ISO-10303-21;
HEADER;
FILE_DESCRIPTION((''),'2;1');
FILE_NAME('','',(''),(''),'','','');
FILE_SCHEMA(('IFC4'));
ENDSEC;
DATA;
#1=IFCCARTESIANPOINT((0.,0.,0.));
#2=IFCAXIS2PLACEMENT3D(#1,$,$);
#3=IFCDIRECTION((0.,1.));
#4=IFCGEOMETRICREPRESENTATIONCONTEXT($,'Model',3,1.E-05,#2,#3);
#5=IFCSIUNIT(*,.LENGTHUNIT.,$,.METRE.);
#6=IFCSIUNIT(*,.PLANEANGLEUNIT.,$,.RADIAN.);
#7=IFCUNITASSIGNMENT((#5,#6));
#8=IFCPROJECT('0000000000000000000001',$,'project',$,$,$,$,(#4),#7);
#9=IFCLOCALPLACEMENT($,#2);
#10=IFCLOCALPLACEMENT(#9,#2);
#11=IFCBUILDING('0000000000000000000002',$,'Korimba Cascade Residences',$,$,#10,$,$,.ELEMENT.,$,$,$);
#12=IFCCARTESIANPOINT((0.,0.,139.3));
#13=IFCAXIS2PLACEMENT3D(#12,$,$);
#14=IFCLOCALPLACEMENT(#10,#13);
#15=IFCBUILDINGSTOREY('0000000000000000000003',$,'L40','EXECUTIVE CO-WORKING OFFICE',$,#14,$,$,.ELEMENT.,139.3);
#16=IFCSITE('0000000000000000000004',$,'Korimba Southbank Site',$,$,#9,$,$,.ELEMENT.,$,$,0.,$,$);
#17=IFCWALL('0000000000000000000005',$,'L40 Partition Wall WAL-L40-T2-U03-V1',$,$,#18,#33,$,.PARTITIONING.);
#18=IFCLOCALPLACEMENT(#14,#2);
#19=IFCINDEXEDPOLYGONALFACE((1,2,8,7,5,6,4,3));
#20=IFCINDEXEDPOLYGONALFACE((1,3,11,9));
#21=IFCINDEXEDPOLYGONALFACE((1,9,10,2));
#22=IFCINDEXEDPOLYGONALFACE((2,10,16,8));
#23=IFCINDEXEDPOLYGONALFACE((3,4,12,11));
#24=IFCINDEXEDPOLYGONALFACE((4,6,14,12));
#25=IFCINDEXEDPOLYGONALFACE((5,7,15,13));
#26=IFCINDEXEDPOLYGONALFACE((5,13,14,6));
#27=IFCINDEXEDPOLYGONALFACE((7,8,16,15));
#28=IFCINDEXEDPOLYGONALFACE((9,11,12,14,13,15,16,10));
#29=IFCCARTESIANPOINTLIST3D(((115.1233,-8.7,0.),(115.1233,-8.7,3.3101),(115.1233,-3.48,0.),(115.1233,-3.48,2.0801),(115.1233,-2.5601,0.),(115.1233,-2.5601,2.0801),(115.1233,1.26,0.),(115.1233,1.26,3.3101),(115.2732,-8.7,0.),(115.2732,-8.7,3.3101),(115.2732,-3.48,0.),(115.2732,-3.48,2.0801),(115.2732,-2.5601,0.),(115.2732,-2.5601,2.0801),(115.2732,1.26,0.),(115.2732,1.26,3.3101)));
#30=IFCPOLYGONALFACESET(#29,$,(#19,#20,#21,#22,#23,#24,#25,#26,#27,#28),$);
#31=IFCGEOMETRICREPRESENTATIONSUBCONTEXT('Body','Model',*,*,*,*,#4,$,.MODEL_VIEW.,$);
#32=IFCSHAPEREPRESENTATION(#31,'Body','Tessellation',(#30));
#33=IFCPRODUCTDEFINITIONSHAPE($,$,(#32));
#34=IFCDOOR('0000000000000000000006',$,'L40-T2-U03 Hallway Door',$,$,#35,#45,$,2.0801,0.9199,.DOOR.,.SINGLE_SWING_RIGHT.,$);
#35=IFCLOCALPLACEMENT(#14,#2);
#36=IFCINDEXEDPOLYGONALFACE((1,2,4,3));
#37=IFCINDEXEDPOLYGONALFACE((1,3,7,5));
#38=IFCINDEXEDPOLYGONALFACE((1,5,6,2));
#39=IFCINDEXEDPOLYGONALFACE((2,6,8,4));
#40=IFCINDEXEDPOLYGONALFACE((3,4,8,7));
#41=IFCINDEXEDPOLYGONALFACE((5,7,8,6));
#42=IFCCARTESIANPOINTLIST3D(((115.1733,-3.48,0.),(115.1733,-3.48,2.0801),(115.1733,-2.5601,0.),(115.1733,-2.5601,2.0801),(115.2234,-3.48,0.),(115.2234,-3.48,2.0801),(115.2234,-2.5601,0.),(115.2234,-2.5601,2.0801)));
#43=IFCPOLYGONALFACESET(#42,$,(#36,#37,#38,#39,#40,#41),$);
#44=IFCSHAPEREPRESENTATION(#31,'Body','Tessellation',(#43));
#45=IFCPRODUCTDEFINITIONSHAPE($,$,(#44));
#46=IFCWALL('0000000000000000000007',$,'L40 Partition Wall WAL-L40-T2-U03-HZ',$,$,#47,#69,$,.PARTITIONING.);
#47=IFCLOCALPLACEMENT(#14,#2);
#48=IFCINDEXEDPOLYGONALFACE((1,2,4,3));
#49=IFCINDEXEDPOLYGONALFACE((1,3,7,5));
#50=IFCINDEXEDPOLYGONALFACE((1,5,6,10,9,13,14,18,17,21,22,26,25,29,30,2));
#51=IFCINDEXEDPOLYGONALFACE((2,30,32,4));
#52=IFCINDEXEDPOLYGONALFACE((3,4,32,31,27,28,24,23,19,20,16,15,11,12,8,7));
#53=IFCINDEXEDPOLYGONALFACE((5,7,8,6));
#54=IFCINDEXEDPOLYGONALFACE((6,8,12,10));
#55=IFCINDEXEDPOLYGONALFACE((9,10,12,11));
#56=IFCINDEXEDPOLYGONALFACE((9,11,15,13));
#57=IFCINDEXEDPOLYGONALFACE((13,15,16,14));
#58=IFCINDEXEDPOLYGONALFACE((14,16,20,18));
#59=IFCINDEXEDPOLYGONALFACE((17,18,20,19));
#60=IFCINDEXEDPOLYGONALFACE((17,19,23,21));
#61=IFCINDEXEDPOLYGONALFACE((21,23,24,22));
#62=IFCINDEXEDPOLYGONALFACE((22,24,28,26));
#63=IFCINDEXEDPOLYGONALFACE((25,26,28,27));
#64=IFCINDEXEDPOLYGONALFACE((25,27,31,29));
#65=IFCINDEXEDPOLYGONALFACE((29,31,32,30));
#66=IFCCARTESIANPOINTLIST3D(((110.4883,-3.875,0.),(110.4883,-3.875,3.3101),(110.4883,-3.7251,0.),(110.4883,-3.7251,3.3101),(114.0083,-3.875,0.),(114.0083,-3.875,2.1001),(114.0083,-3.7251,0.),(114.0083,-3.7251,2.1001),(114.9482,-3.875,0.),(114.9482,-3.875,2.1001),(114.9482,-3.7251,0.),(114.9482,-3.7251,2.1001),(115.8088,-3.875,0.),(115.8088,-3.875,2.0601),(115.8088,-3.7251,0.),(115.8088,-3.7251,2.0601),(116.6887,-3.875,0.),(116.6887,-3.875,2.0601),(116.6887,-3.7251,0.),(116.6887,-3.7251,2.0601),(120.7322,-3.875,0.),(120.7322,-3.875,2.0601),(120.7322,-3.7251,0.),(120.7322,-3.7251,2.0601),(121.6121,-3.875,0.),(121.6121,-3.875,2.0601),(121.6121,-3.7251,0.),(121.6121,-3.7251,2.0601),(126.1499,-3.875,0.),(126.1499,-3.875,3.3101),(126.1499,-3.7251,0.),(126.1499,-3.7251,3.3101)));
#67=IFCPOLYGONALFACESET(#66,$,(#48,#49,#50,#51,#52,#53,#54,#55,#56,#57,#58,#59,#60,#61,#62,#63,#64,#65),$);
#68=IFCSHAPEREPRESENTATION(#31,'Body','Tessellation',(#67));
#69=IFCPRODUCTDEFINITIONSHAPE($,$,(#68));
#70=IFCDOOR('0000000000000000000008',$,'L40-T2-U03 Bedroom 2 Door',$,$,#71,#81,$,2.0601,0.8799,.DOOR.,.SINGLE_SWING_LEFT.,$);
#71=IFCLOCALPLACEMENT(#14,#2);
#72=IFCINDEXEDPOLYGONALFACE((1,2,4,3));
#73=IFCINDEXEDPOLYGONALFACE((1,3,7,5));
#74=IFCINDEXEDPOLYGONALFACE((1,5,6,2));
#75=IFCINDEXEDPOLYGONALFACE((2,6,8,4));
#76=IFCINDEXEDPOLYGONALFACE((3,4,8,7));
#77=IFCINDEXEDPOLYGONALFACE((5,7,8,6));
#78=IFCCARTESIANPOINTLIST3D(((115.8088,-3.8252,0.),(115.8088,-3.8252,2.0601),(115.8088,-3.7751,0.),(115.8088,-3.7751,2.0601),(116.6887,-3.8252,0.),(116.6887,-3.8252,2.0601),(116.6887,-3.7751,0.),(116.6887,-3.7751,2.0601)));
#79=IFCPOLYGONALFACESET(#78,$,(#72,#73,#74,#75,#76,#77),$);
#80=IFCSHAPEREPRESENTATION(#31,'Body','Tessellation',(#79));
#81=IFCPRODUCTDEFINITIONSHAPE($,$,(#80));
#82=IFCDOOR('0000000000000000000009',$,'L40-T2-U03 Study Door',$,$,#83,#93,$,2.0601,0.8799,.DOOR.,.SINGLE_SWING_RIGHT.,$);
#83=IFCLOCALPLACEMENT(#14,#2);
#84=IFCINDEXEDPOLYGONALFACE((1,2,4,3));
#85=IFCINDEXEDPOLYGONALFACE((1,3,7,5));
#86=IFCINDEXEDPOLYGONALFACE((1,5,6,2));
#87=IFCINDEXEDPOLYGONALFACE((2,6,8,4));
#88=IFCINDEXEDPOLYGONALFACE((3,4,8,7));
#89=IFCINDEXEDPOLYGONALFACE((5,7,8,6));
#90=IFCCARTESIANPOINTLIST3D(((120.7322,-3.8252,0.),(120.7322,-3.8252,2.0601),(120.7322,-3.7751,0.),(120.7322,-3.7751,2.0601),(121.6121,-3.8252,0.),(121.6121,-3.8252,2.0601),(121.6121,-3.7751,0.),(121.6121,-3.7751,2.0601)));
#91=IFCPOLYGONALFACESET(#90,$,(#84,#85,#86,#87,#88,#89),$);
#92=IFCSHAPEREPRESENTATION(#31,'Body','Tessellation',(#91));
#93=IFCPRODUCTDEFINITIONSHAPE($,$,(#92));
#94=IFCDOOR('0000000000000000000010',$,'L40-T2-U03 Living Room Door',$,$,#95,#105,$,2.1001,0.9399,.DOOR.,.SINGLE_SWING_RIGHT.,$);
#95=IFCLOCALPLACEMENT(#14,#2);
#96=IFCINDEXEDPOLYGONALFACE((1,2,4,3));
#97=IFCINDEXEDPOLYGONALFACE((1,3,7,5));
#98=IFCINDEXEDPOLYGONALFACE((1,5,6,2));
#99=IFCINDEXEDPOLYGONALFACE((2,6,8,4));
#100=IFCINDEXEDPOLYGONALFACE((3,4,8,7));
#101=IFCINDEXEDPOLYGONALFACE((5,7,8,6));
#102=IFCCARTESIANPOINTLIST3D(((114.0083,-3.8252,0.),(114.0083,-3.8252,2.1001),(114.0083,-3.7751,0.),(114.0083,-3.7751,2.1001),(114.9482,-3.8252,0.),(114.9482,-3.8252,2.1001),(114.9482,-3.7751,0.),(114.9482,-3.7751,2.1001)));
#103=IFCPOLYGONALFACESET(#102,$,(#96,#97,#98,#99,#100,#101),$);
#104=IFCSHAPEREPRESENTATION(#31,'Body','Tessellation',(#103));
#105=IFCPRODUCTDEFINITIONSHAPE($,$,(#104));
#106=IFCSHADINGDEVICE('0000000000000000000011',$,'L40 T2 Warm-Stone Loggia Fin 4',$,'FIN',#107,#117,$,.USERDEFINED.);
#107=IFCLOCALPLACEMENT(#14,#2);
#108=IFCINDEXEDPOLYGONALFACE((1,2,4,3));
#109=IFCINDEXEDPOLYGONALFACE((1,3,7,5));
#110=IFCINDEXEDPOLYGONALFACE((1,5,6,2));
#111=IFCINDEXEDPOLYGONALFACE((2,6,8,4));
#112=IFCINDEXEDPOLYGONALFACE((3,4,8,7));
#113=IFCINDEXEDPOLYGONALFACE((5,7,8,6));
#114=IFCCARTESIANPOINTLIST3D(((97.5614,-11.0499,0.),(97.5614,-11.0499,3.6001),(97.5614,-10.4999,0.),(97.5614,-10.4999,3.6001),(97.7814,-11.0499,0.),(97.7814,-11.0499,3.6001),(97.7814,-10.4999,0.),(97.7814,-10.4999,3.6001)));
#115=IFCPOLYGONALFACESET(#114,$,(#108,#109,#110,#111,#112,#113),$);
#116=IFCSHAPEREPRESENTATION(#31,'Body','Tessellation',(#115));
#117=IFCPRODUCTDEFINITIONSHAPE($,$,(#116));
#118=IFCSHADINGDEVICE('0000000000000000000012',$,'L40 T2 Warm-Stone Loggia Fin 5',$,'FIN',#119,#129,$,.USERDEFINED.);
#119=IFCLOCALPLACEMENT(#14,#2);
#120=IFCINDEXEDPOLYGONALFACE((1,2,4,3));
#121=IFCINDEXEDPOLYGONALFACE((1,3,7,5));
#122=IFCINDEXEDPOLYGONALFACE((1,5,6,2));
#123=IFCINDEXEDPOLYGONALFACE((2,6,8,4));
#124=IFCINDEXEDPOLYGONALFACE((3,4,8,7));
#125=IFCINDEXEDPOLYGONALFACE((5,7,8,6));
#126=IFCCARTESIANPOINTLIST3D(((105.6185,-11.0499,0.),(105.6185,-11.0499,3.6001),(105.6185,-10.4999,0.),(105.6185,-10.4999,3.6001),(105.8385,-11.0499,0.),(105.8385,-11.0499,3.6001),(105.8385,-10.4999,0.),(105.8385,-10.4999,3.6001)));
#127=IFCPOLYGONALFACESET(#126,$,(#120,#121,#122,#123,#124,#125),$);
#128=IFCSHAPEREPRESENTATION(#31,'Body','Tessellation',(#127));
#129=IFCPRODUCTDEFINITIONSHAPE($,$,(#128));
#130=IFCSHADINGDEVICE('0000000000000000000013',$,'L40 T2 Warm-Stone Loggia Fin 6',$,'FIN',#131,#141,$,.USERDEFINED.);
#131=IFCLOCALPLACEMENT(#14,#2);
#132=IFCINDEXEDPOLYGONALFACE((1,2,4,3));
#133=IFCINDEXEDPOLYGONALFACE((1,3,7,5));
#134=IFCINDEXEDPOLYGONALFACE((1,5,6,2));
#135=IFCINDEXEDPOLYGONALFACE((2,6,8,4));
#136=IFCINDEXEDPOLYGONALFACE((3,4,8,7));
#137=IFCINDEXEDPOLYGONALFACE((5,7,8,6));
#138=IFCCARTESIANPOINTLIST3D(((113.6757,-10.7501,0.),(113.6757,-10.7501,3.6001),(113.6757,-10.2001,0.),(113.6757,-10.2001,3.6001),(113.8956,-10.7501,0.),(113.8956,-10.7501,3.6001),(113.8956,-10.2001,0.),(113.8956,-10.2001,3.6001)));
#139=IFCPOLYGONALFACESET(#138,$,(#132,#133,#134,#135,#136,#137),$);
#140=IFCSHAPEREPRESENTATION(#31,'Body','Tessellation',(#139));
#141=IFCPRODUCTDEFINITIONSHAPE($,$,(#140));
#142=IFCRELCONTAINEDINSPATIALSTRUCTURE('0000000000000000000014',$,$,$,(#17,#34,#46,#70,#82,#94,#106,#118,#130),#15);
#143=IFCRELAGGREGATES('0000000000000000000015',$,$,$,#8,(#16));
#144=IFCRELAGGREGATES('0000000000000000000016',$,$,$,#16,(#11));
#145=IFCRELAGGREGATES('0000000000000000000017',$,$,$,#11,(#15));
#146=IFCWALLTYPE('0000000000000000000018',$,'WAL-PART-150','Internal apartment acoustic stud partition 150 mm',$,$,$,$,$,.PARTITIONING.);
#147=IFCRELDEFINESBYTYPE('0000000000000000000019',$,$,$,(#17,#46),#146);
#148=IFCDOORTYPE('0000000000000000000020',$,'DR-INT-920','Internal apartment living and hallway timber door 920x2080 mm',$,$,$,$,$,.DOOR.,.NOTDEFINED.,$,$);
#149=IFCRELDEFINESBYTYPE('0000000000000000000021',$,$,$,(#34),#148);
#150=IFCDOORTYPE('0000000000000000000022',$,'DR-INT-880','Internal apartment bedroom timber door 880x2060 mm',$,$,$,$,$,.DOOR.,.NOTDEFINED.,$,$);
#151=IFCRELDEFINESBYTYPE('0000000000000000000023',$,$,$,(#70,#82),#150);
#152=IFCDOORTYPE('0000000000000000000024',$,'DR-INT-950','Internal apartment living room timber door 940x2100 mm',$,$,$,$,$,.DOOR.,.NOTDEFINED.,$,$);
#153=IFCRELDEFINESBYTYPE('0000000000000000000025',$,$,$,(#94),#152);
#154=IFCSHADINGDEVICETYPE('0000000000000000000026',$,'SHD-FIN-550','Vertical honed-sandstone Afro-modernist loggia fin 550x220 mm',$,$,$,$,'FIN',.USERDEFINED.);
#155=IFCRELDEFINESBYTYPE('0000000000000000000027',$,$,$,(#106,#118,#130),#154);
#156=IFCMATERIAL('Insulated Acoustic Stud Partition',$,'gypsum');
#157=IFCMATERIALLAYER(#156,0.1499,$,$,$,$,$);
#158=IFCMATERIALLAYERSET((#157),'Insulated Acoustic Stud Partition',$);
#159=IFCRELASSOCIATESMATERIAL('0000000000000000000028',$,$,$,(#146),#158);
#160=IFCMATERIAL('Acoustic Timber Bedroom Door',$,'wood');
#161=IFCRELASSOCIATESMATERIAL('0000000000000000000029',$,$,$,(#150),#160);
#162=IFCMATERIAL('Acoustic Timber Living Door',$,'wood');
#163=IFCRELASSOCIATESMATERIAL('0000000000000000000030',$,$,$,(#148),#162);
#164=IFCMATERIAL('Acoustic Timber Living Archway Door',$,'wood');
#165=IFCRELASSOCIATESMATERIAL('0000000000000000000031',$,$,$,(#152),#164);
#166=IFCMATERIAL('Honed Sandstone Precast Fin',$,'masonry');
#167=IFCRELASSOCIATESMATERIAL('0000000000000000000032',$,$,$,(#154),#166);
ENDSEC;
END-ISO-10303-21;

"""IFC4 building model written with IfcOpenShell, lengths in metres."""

from ifc_helpers import new_model, si_unit, direction, frame, frame_2d, origin, origin_2d, place, context, subcontext, project, spatial, rectangle, extrude, material, layer, layer_set, type_object, element, fill, save


model = new_model("IFC4")

# Units and contexts
model_context = context("Model", 3, precision=1e-05, world=origin(), true_north=direction((0.0, 1.0)))
body_context = subcontext(model_context, "Body", "Model", "MODEL_VIEW")
ifc_project = project(units=[si_unit("LENGTHUNIT", "METRE"), si_unit("PLANEANGLEUNIT", "RADIAN")], contexts=[model_context])

# Site, building, storey
site_placement = place(None, origin())
site = spatial("IfcSite", under=ifc_project, at=site_placement, Name="Korimba Southbank Site", CompositionType="ELEMENT", RefElevation=0.0)
building_placement = place(site_placement, origin())
building = spatial("IfcBuilding", under=site, at=building_placement, Name="Korimba Cascade Residences", CompositionType="ELEMENT")
storey_placement = place(building_placement, frame((0.0, 0.0, 139.3)))
storey = spatial("IfcBuildingStorey", under=building, at=storey_placement, Name="L40", Description="EXECUTIVE CO-WORKING OFFICE", CompositionType="ELEMENT", Elevation=139.3)

# Shared definitions
ifc_material_1 = material(Name="Insulated Acoustic Stud Partition", Category="gypsum")
ifc_layer_1 = layer(ifc_material_1, 0.1499)
ifc_layer_set_1 = layer_set([ifc_layer_1], Name="Insulated Acoustic Stud Partition")
wall_type_1 = type_object("IfcWallType", Name="WAL-PART-150", Description="Internal apartment acoustic stud partition 150 mm", PredefinedType="PARTITIONING", material=ifc_layer_set_1)
ifc_material_2 = material(Name="Acoustic Timber Bedroom Door", Category="wood")
door_type_1 = type_object("IfcDoorType", Name="DR-INT-880", Description="Internal apartment bedroom timber door 880x2060 mm", OperationType="NOTDEFINED", PredefinedType="DOOR", material=ifc_material_2)

# Wall, opening, door
wall_1_placement = place(storey_placement, frame((115.1982, -8.7, 0.0), z_axis=(0.0, 0.0, 1.0), x_axis=(0.0, 1.0, 0.0)))
wall_1 = element("IfcWall", 1, at=wall_1_placement, inside=storey, type_object=wall_type_1, Name="L40 Partition Wall WAL-L40-T2-U03-V1", PredefinedType="PARTITIONING", context=body_context, shape_type="SweptSolid", body=[
    extrude(rectangle(XDim=9.96, YDim=0.1499, at=frame_2d((4.98, 0.0))), origin(), (0.0, 0.0, 1.0), 3.3101),
])
opening_1_placement = place(wall_1_placement, frame((5.22, 0.0, 0.0)))
opening_1 = element("IfcOpeningElement", 2, at=opening_1_placement, cuts=wall_1, PredefinedType="OPENING", context=body_context, shape_type="SweptSolid", body=[
    extrude(rectangle(XDim=0.9199, YDim=2.0801, at=frame_2d((0.46, 1.04))), frame((0.0, 0.085, 0.0), z_axis=(0.0, -1.0, 0.0), x_axis=(1.0, 0.0, 0.0)), (0.0, 0.0, 1.0), 0.1699),
])
ifc_material_3 = material(Name="Acoustic Timber Living Door", Category="wood")
door_type_2 = type_object("IfcDoorType", Name="DR-INT-920", Description="Internal apartment living and hallway timber door 920x2080 mm", OperationType="NOTDEFINED", PredefinedType="DOOR", material=ifc_material_3)
door_1_placement = place(opening_1_placement, origin())
door_1 = element("IfcDoor", 3, at=door_1_placement, inside=storey, type_object=door_type_2, Name="L40-T2-U03 Hallway Door", OperationType="SINGLE_SWING_RIGHT", OverallHeight=2.0801, OverallWidth=0.9199, PredefinedType="DOOR", context=body_context, shape_type="SweptSolid", body=[
    extrude(rectangle(XDim=0.9199, YDim=2.0801, at=frame_2d((0.46, 1.04))), frame((0.0, 0.0249, 0.0), z_axis=(0.0, -1.0, 0.0), x_axis=(1.0, 0.0, 0.0)), (0.0, 0.0, 1.0), 0.05),
])
fill(opening_1, door_1)

# Wall, openings, doors
wall_2_placement = place(storey_placement, frame((110.4883, -3.8, 0.0), z_axis=(0.0, 0.0, 1.0), x_axis=(1.0, 0.0, 0.0)))
wall_2 = element("IfcWall", 4, at=wall_2_placement, inside=storey, type_object=wall_type_1, Name="L40 Partition Wall WAL-L40-T2-U03-HZ", PredefinedType="PARTITIONING", context=body_context, shape_type="SweptSolid", body=[
    extrude(rectangle(XDim=15.6616, YDim=0.1499, at=frame_2d((7.8308, 0.0))), origin(), (0.0, 0.0, 1.0), 3.3101),
])
opening_2_placement = place(wall_2_placement, frame((3.52, 0.0, 0.0)))
opening_2 = element("IfcOpeningElement", 5, at=opening_2_placement, cuts=wall_2, PredefinedType="OPENING", context=body_context, shape_type="SweptSolid", body=[
    extrude(rectangle(XDim=0.9399, YDim=2.1001, at=frame_2d((0.47, 1.05))), frame((0.0, 0.085, 0.0), z_axis=(0.0, -1.0, 0.0), x_axis=(1.0, 0.0, 0.0)), (0.0, 0.0, 1.0), 0.1699),
])
opening_3_placement = place(wall_2_placement, frame((5.3206, 0.0, 0.0)))
opening_3 = element("IfcOpeningElement", 6, at=opening_3_placement, cuts=wall_2, PredefinedType="OPENING", context=body_context, shape_type="SweptSolid", body=[
    extrude(rectangle(XDim=0.8799, YDim=2.0601, at=frame_2d((0.4399, 1.03))), frame((0.0, 0.085, 0.0), z_axis=(0.0, -1.0, 0.0), x_axis=(1.0, 0.0, 0.0)), (0.0, 0.0, 1.0), 0.1699),
])
opening_4_placement = place(wall_2_placement, frame((10.2439, 0.0, 0.0)))
opening_4 = element("IfcOpeningElement", 7, at=opening_4_placement, cuts=wall_2, PredefinedType="OPENING", context=body_context, shape_type="SweptSolid", body=[
    extrude(rectangle(XDim=0.8799, YDim=2.0601, at=frame_2d((0.4399, 1.03))), frame((0.0, 0.085, 0.0), z_axis=(0.0, -1.0, 0.0), x_axis=(1.0, 0.0, 0.0)), (0.0, 0.0, 1.0), 0.1699),
])
door_2_placement = place(opening_3_placement, origin())
door_2 = element("IfcDoor", 8, at=door_2_placement, inside=storey, type_object=door_type_1, Name="L40-T2-U03 Bedroom 2 Door", OperationType="SINGLE_SWING_LEFT", OverallHeight=2.0601, OverallWidth=0.8799, PredefinedType="DOOR", context=body_context, shape_type="SweptSolid", body=[
    extrude(rectangle(XDim=0.8799, YDim=2.0601, at=frame_2d((0.4399, 1.03))), frame((0.0, 0.0249, 0.0), z_axis=(0.0, -1.0, 0.0), x_axis=(1.0, 0.0, 0.0)), (0.0, 0.0, 1.0), 0.05),
])
fill(opening_3, door_2)
door_3_placement = place(opening_4_placement, origin())
door_3 = element("IfcDoor", 9, at=door_3_placement, inside=storey, type_object=door_type_1, Name="L40-T2-U03 Study Door", OperationType="SINGLE_SWING_RIGHT", OverallHeight=2.0601, OverallWidth=0.8799, PredefinedType="DOOR", context=body_context, shape_type="SweptSolid", body=[
    extrude(rectangle(XDim=0.8799, YDim=2.0601, at=frame_2d((0.4399, 1.03))), frame((0.0, 0.0249, 0.0), z_axis=(0.0, -1.0, 0.0), x_axis=(1.0, 0.0, 0.0)), (0.0, 0.0, 1.0), 0.05),
])
fill(opening_4, door_3)
ifc_material_4 = material(Name="Acoustic Timber Living Archway Door", Category="wood")
door_type_3 = type_object("IfcDoorType", Name="DR-INT-950", Description="Internal apartment living room timber door 940x2100 mm", OperationType="NOTDEFINED", PredefinedType="DOOR", material=ifc_material_4)
door_4_placement = place(opening_2_placement, origin())
door_4 = element("IfcDoor", 10, at=door_4_placement, inside=storey, type_object=door_type_3, Name="L40-T2-U03 Living Room Door", OperationType="SINGLE_SWING_RIGHT", OverallHeight=2.1001, OverallWidth=0.9399, PredefinedType="DOOR", context=body_context, shape_type="SweptSolid", body=[
    extrude(rectangle(XDim=0.9399, YDim=2.1001, at=frame_2d((0.47, 1.05))), frame((0.0, 0.0249, 0.0), z_axis=(0.0, -1.0, 0.0), x_axis=(1.0, 0.0, 0.0)), (0.0, 0.0, 1.0), 0.05),
])
fill(opening_2, door_4)

# Shading devices
ifc_material_5 = material(Name="Honed Sandstone Precast Fin", Category="masonry")
shading_device_type = type_object("IfcShadingDeviceType", Name="SHD-FIN-550", Description="Vertical honed-sandstone Afro-modernist loggia fin 550x220 mm", ElementType="FIN", PredefinedType="USERDEFINED", material=ifc_material_5)
for number, where, z_axis, x_axis, name in (
    (11, (97.6714, -10.7749, 0.0), (0.0, 0.0, 1.0), (1.0, 0.0, 0.0), "L40 T2 Warm-Stone Loggia Fin 4"),
    (12, (105.7285, -10.7749, 0.0), (0.0, 0.0, 1.0), (1.0, 0.0, 0.0), "L40 T2 Warm-Stone Loggia Fin 5"),
    (13, (113.7856, -10.4751, 0.0), (0.0, 0.0, 1.0), (1.0, 0.0, 0.0), "L40 T2 Warm-Stone Loggia Fin 6"),
):
    element("IfcShadingDevice", number, at=place(storey_placement, frame(where, z_axis=z_axis, x_axis=x_axis)), inside=storey, type_object=shading_device_type, Name=name, ObjectType="FIN", PredefinedType="USERDEFINED", context=body_context, shape_type="SweptSolid", body=[
        extrude(rectangle(XDim=0.22, YDim=0.55, at=origin_2d()), origin(), (0.0, 0.0, 1.0), 3.6001),
    ])

save(model, "model.ifc")
